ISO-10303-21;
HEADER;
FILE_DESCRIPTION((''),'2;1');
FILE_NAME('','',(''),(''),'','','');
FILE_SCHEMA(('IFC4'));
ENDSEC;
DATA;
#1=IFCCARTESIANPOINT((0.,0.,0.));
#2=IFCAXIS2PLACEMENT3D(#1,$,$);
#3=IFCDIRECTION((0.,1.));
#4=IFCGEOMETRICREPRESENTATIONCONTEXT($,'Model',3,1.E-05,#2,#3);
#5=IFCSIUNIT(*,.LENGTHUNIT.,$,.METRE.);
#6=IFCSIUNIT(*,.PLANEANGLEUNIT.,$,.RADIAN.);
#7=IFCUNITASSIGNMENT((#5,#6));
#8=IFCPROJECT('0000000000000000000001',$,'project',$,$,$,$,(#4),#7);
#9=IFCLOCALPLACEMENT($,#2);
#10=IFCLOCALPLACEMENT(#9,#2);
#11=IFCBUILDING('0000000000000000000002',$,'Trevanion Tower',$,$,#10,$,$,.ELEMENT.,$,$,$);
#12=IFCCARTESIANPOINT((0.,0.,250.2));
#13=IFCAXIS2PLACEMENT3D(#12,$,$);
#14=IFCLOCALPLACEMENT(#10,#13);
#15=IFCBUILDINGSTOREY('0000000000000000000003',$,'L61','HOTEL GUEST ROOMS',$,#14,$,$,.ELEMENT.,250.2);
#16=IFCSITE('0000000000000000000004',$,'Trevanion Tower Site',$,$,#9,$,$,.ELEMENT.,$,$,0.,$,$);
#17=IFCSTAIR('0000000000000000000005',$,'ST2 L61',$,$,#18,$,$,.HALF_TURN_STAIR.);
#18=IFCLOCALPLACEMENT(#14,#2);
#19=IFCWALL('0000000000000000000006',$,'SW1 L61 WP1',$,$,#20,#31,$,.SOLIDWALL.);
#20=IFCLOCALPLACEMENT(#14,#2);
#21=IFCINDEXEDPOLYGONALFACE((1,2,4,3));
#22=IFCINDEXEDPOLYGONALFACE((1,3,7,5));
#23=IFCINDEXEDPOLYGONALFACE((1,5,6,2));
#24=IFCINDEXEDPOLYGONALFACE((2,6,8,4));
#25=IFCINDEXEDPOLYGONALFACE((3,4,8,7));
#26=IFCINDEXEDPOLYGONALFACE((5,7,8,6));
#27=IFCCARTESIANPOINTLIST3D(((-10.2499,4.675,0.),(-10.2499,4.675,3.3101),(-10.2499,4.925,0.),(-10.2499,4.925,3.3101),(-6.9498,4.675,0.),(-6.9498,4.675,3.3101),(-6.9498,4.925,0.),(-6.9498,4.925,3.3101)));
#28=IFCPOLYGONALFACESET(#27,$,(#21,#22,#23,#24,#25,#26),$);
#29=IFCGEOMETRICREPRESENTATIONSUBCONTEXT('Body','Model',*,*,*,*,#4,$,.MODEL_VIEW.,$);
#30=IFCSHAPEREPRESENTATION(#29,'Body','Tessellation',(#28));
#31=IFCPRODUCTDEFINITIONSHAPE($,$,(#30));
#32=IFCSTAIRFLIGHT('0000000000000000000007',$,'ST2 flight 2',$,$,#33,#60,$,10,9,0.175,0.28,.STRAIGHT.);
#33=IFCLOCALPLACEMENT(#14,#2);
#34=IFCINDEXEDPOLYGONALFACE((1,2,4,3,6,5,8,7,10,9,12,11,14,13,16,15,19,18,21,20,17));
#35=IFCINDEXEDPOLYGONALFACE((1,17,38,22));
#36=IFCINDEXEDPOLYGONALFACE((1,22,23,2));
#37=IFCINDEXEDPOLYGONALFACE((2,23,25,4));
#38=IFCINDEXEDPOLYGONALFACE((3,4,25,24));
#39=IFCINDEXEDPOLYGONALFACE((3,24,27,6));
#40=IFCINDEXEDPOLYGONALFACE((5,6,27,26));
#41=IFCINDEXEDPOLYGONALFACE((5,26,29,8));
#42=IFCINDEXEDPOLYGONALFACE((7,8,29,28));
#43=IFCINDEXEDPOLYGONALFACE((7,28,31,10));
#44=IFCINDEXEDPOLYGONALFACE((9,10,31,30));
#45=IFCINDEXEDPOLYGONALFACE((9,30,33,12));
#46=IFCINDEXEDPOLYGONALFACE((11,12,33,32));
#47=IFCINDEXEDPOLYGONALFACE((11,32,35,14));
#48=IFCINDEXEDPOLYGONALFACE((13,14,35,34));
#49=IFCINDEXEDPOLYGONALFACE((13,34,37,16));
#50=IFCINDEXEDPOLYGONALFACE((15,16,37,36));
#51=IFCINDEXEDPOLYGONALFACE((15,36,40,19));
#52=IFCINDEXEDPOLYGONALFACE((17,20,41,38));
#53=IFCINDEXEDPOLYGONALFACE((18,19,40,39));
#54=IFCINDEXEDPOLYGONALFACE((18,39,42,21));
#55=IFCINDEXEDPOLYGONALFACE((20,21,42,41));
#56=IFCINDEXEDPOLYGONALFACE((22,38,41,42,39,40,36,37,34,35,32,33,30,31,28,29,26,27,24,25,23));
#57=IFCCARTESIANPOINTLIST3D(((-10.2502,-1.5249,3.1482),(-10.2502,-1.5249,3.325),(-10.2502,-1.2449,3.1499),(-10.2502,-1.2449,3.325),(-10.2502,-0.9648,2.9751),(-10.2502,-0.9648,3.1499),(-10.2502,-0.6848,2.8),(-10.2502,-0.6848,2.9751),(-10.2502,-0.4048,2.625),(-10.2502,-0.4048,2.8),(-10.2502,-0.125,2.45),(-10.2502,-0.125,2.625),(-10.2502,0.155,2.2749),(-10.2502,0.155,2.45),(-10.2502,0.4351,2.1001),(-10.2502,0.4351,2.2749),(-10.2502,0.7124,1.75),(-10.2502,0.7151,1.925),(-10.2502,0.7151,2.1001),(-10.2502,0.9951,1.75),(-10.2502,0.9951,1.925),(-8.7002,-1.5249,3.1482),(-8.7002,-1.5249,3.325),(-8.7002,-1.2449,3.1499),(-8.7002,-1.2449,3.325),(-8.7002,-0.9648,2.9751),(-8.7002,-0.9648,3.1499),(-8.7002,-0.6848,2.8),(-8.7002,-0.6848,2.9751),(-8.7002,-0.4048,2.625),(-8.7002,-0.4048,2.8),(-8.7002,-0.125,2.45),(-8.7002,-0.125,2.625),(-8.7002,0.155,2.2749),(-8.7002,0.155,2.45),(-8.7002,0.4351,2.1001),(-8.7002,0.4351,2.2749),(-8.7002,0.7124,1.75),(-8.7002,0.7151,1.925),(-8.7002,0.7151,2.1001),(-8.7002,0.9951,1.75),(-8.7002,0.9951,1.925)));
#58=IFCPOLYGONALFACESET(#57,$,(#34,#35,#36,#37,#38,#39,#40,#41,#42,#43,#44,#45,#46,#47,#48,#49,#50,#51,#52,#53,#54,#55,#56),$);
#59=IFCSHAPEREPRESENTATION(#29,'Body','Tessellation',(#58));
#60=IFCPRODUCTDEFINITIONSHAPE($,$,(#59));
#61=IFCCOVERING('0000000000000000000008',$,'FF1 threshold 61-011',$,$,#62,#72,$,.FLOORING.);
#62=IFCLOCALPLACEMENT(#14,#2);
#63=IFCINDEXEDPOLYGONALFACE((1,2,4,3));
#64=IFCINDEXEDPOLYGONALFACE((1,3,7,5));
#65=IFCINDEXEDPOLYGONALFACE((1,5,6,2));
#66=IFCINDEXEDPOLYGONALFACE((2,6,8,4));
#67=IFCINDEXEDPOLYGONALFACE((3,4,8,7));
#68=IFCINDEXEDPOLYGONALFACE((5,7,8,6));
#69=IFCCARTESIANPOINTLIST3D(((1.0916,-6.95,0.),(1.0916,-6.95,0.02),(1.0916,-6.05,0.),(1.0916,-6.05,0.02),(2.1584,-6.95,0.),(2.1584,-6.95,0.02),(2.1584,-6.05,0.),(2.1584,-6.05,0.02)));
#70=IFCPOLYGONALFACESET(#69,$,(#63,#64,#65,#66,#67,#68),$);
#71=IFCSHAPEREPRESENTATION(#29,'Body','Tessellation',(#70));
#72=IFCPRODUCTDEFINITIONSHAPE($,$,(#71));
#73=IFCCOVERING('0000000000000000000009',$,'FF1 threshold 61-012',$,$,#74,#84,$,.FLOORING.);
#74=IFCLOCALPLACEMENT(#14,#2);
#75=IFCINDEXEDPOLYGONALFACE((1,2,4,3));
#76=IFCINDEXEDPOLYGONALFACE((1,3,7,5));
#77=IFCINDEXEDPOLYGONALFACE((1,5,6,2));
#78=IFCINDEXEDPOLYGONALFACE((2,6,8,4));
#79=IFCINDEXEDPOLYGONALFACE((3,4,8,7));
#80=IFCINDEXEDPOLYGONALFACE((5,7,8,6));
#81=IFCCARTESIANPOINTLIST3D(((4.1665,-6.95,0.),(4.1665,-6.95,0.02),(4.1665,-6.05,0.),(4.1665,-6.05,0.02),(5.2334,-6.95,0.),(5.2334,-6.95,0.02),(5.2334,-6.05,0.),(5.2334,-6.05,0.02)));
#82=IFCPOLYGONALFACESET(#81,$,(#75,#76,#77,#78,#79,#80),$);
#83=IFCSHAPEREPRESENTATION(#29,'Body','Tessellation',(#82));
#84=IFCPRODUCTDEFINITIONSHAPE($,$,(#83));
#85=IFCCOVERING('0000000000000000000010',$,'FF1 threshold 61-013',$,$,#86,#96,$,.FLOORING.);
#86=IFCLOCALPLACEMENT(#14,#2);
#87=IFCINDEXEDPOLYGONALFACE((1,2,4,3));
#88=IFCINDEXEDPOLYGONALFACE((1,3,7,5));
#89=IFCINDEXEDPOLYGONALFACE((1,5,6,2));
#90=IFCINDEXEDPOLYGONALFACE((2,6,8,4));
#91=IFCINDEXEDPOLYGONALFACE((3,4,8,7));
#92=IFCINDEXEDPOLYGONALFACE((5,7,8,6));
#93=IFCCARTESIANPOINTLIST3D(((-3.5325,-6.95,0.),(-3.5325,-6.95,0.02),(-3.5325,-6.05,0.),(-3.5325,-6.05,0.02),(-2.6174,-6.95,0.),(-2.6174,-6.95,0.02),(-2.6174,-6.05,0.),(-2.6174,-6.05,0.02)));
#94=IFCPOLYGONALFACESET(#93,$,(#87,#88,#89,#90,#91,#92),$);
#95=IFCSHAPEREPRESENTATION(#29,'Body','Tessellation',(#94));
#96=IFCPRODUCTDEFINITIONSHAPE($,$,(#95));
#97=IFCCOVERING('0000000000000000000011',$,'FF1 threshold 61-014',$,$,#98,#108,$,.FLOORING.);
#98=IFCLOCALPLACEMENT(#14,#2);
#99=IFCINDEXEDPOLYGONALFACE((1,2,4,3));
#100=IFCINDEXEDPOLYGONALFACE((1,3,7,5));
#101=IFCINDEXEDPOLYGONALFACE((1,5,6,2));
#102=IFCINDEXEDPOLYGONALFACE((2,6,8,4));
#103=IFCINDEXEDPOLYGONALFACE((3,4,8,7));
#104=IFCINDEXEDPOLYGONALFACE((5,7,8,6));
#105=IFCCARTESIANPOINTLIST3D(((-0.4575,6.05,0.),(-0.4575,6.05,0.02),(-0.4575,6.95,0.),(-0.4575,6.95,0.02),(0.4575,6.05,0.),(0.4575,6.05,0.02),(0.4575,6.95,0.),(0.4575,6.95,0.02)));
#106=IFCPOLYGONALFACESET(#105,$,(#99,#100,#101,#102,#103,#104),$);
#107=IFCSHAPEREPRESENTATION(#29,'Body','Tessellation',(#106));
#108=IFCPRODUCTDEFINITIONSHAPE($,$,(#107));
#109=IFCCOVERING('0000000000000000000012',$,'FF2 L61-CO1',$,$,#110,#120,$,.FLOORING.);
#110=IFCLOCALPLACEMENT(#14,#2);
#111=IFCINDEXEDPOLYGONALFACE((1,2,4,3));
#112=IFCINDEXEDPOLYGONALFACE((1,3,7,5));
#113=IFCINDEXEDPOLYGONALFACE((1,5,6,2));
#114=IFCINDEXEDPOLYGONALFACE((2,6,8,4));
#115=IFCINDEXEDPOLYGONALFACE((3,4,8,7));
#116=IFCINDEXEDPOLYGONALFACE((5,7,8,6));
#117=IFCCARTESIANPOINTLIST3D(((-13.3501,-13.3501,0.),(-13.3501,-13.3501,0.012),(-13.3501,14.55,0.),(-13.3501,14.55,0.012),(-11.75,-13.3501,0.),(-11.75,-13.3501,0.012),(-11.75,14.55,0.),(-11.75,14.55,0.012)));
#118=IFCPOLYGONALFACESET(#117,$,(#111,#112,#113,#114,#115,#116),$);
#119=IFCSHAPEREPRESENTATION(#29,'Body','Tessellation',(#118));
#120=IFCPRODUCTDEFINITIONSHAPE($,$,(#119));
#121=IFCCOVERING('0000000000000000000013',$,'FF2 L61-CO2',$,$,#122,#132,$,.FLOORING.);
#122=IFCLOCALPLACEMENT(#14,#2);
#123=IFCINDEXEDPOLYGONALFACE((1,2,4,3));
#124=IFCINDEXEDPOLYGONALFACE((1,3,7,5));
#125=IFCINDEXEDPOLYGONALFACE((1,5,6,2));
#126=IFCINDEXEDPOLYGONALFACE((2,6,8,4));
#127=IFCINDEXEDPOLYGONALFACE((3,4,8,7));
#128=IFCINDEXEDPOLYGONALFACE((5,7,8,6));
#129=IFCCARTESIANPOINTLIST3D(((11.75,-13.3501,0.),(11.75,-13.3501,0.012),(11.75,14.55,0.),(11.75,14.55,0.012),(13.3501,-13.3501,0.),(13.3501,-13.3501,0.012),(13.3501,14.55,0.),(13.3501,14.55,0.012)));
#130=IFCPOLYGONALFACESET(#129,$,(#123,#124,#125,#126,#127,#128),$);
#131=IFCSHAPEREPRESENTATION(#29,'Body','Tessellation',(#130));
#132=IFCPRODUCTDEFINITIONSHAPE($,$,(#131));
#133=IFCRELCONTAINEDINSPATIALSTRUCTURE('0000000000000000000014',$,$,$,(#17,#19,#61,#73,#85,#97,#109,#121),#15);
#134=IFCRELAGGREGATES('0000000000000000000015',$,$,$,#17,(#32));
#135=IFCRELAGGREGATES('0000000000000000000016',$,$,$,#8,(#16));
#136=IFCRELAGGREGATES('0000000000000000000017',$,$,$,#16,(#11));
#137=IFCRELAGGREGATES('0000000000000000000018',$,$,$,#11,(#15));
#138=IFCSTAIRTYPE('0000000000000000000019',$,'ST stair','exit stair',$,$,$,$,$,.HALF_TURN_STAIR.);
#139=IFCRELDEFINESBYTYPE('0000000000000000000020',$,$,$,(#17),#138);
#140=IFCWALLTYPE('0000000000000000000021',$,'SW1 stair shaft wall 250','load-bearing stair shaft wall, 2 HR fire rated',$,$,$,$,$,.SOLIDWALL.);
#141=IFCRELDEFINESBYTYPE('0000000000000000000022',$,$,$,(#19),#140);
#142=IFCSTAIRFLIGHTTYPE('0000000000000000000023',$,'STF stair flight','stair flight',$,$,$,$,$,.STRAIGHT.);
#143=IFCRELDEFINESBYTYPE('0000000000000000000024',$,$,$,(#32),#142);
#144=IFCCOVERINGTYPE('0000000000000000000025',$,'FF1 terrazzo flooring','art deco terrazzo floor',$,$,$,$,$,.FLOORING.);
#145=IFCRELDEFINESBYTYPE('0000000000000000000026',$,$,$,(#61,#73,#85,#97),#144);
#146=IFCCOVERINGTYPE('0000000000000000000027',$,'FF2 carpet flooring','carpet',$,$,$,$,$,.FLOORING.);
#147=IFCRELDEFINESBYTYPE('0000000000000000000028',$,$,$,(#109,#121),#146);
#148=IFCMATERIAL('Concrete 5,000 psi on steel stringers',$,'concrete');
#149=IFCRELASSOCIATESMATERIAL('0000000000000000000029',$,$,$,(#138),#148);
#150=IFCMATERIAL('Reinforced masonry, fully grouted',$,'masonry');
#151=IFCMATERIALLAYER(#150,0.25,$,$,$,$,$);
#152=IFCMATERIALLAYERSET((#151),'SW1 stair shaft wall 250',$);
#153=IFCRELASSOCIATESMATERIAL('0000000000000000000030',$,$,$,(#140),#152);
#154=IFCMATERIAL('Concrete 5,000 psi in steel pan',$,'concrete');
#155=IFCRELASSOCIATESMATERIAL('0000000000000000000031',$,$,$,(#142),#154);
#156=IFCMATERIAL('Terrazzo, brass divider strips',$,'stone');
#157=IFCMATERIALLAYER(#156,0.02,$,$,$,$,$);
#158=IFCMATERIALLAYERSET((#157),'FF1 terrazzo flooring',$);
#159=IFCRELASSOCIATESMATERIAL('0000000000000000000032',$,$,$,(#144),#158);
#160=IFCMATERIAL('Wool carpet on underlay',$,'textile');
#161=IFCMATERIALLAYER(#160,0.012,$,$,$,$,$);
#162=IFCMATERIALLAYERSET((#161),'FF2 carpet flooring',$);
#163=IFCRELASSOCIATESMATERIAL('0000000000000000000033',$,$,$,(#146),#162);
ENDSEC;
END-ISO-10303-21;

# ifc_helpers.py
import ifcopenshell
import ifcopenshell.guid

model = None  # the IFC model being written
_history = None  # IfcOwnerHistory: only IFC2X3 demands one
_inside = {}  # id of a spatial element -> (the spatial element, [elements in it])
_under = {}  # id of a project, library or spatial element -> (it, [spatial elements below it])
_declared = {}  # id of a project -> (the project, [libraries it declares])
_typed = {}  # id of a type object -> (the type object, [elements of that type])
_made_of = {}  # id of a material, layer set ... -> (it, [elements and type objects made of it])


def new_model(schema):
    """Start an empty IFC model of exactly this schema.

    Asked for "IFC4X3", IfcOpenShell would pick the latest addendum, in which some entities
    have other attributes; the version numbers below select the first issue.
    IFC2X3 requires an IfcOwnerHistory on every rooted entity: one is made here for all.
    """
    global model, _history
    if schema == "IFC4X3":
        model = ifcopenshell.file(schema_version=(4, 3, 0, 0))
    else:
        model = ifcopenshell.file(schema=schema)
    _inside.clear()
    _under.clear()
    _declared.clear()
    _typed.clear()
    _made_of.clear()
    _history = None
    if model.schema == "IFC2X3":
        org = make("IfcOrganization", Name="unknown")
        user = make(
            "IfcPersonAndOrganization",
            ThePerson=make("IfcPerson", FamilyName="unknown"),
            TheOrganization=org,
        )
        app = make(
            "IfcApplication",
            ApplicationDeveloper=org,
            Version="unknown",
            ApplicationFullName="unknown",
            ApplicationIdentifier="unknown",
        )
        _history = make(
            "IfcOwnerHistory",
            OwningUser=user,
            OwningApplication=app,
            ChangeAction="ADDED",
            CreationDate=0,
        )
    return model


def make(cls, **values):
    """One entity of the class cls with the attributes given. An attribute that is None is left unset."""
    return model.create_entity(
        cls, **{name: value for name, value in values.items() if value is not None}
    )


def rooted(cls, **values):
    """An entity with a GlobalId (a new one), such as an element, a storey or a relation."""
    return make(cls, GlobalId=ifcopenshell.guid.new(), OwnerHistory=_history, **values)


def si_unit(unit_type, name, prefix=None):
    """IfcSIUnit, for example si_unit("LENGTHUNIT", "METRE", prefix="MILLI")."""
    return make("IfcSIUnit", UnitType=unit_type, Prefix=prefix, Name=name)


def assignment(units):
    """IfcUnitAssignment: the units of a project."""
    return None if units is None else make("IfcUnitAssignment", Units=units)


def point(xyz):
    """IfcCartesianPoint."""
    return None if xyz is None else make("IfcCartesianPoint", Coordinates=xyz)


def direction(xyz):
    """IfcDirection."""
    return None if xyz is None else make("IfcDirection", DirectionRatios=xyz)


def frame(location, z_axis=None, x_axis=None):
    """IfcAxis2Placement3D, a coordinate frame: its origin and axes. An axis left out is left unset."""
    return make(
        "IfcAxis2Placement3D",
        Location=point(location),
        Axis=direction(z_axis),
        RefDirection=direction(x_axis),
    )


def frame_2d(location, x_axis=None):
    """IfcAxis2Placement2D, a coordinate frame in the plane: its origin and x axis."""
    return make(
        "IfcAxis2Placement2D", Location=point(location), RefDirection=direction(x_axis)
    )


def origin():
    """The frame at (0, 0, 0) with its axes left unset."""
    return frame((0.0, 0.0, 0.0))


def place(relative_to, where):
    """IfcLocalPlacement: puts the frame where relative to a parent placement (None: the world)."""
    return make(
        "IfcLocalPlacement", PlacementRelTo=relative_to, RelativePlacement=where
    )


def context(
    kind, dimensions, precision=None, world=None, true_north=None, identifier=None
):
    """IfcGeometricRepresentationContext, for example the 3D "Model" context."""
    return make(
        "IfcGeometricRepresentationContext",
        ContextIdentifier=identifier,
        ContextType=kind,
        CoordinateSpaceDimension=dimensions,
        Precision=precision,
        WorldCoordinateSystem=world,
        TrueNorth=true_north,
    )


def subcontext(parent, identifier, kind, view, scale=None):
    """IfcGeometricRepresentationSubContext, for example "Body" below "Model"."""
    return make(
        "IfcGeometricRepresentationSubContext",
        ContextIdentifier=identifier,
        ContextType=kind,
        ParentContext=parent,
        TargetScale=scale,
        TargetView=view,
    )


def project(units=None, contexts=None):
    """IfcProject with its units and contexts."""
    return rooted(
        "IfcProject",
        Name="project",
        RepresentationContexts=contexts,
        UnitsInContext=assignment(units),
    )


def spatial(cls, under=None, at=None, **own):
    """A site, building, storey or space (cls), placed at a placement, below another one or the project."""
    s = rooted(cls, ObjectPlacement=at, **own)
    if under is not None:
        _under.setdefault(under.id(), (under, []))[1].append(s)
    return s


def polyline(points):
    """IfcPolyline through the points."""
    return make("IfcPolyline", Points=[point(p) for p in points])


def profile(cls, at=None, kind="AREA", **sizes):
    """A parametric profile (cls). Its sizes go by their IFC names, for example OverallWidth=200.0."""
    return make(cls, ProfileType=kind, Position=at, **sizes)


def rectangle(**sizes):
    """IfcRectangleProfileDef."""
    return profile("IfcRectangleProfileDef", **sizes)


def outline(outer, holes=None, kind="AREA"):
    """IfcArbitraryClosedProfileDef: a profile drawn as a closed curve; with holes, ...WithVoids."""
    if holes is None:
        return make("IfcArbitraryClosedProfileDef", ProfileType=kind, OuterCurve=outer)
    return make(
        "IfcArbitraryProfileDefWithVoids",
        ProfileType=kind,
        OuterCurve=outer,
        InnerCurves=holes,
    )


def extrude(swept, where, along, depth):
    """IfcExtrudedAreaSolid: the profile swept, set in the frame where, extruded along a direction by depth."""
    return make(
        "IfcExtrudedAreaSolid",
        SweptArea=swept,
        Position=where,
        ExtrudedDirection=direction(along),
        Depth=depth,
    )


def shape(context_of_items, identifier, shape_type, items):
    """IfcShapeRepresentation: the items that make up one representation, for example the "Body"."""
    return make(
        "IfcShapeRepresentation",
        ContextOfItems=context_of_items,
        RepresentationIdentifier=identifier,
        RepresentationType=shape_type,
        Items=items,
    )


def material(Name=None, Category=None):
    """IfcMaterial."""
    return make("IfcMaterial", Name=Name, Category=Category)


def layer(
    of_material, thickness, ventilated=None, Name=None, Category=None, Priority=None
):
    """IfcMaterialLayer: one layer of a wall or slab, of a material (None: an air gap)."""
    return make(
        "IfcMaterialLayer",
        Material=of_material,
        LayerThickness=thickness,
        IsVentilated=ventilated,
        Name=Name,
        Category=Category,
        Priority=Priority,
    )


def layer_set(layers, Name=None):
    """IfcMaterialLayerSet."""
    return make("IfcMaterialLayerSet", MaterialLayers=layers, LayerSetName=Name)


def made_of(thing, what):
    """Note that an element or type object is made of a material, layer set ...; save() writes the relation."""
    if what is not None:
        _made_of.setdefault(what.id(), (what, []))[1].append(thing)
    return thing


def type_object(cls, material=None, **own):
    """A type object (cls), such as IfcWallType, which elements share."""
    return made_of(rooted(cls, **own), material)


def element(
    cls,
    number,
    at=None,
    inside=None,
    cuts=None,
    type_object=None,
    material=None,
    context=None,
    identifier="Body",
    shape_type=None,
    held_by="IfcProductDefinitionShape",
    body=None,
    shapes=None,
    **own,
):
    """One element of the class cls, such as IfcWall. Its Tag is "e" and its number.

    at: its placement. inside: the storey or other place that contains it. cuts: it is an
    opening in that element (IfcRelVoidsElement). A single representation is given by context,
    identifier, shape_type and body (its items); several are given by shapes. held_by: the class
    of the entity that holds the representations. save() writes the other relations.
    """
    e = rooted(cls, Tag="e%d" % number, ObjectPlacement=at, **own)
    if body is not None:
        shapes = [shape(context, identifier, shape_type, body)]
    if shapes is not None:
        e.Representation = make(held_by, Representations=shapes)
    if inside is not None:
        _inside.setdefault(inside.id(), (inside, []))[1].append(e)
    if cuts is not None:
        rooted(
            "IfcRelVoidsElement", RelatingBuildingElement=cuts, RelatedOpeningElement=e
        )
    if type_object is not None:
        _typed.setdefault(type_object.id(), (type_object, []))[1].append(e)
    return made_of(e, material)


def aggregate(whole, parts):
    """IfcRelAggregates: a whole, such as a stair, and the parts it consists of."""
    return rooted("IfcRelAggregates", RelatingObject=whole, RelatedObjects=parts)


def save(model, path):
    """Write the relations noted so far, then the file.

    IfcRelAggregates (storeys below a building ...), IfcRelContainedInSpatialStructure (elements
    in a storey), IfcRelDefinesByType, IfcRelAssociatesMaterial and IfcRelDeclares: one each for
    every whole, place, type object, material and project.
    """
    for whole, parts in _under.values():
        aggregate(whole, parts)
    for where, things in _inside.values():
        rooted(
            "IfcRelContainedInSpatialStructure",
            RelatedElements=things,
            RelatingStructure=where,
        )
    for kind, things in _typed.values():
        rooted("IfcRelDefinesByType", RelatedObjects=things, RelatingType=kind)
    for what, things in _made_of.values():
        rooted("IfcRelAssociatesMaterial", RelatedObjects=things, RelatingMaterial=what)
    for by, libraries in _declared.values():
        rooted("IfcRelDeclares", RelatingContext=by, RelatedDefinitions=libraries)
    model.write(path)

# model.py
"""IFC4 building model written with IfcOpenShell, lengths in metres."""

from ifc_helpers import new_model, si_unit, direction, frame, frame_2d, origin, place, context, subcontext, project, spatial, polyline, rectangle, outline, extrude, material, layer, layer_set, type_object, element, aggregate, save


model = new_model("IFC4")

# Units and contexts
model_context = context("Model", 3, precision=1e-05, world=origin(), true_north=direction((0.0, 1.0)))
body_context = subcontext(model_context, "Body", "Model", "MODEL_VIEW")
ifc_project = project(units=[si_unit("LENGTHUNIT", "METRE"), si_unit("PLANEANGLEUNIT", "RADIAN")], contexts=[model_context])

# Site, building, storey
site_placement = place(None, origin())
site = spatial("IfcSite", under=ifc_project, at=site_placement, Name="Trevanion Tower Site", CompositionType="ELEMENT", RefElevation=0.0)
building_placement = place(site_placement, origin())
building = spatial("IfcBuilding", under=site, at=building_placement, Name="Trevanion Tower", CompositionType="ELEMENT")
storey_placement = place(building_placement, frame((0.0, 0.0, 250.2)))
storey = spatial("IfcBuildingStorey", under=building, at=storey_placement, Name="L61", Description="HOTEL GUEST ROOMS", CompositionType="ELEMENT", Elevation=250.2)

# Stair
ifc_material_1 = material(Name="Concrete 5,000 psi on steel stringers", Category="concrete")
stair_type = type_object("IfcStairType", Name="ST stair", Description="exit stair", PredefinedType="HALF_TURN_STAIR", material=ifc_material_1)
stair_1_placement = place(storey_placement, origin())
stair_1 = element("IfcStair", 1, at=stair_1_placement, inside=storey, type_object=stair_type, Name="ST2 L61", PredefinedType="HALF_TURN_STAIR")

# Wall
ifc_material_2 = material(Name="Reinforced masonry, fully grouted", Category="masonry")
ifc_layer_1 = layer(ifc_material_2, 0.25)
ifc_layer_set_1 = layer_set([ifc_layer_1], Name="SW1 stair shaft wall 250")
wall_type_1 = type_object("IfcWallType", Name="SW1 stair shaft wall 250", Description="load-bearing stair shaft wall, 2 HR fire rated", PredefinedType="SOLIDWALL", material=ifc_layer_set_1)
wall_1_placement = place(storey_placement, frame((-6.95, 4.8, 0.0), z_axis=(0.0, 0.0, 1.0), x_axis=(-1.0, 0.0, 0.0)))
element("IfcWall", 2, at=wall_1_placement, inside=storey, type_object=wall_type_1, Name="SW1 L61 WP1", PredefinedType="SOLIDWALL", context=body_context, shape_type="SweptSolid", body=[
    extrude(rectangle(XDim=3.3, YDim=0.25, at=frame_2d((1.6499, 0.0))), origin(), (0.0, 0.0, 1.0), 3.3101),
])

# Stair flight
ifc_material_3 = material(Name="Concrete 5,000 psi in steel pan", Category="concrete")
stair_flight_type = type_object("IfcStairFlightType", Name="STF stair flight", Description="stair flight", PredefinedType="STRAIGHT", material=ifc_material_3)
stair_flight_placement = place(storey_placement, frame((-9.4751, 0.9951, 1.75), z_axis=(0.0, 0.0, 1.0), x_axis=(0.0, -1.0, 0.0)))
stair_flight = element("IfcStairFlight", 3, at=stair_flight_placement, type_object=stair_flight_type, Name="ST2 flight 2", NumberOfRisers=10, NumberOfTreads=9, PredefinedType="STRAIGHT", RiserHeight=0.175, TreadLength=0.28, context=body_context, shape_type="SweptSolid", body=[
    extrude(outline(polyline([(0.0, 0.0), (0.0, 0.175), (0.28, 0.175), (0.28, 0.3501), (0.5601, 0.3501), (0.5601, 0.5249), (0.8401, 0.5249), (0.8401, 0.7), (1.1201, 0.7), (1.1201, 0.875), (1.3999, 0.875), (1.3999, 1.05), (1.6799, 1.05), (1.6799, 1.2251), (1.96, 1.2251), (1.96, 1.3999), (2.24, 1.3999), (2.24, 1.575), (2.52, 1.575), (2.52, 1.75), (2.52, 1.3982), (0.2827, 0.0), (0.0, 0.0)])), frame((0.0, 0.7749, 0.0), z_axis=(0.0, -1.0, 0.0), x_axis=(1.0, 0.0, 0.0)), (0.0, 0.0, 1.0), 1.55),
])
aggregate(stair_1, [stair_flight])

# Coverings
ifc_material_4 = material(Name="Terrazzo, brass divider strips", Category="stone")
ifc_layer_2 = layer(ifc_material_4, 0.02)
ifc_layer_set_2 = layer_set([ifc_layer_2], Name="FF1 terrazzo flooring")
covering_type_1 = type_object("IfcCoveringType", Name="FF1 terrazzo flooring", Description="art deco terrazzo floor", PredefinedType="FLOORING", material=ifc_layer_set_2)
covering_1_placement = place(storey_placement, origin())
element("IfcCovering", 4, at=covering_1_placement, inside=storey, type_object=covering_type_1, Name="FF1 threshold 61-011", PredefinedType="FLOORING", context=body_context, shape_type="SweptSolid", body=[
    extrude(outline(polyline([(1.0916, -6.95), (2.1584, -6.95), (2.1584, -6.05), (1.0916, -6.05), (1.0916, -6.95)])), origin(), (0.0, 0.0, 1.0), 0.02),
])
covering_2_placement = place(storey_placement, origin())
element("IfcCovering", 5, at=covering_2_placement, inside=storey, type_object=covering_type_1, Name="FF1 threshold 61-012", PredefinedType="FLOORING", context=body_context, shape_type="SweptSolid", body=[
    extrude(outline(polyline([(4.1665, -6.95), (5.2334, -6.95), (5.2334, -6.05), (4.1665, -6.05), (4.1665, -6.95)])), origin(), (0.0, 0.0, 1.0), 0.02),
])
covering_3_placement = place(storey_placement, origin())
element("IfcCovering", 6, at=covering_3_placement, inside=storey, type_object=covering_type_1, Name="FF1 threshold 61-013", PredefinedType="FLOORING", context=body_context, shape_type="SweptSolid", body=[
    extrude(outline(polyline([(-3.5325, -6.95), (-2.6174, -6.95), (-2.6174, -6.05), (-3.5325, -6.05), (-3.5325, -6.95)])), origin(), (0.0, 0.0, 1.0), 0.02),
])
covering_4_placement = place(storey_placement, origin())
element("IfcCovering", 7, at=covering_4_placement, inside=storey, type_object=covering_type_1, Name="FF1 threshold 61-014", PredefinedType="FLOORING", context=body_context, shape_type="SweptSolid", body=[
    extrude(outline(polyline([(0.4575, 6.95), (-0.4575, 6.95), (-0.4575, 6.05), (0.4575, 6.05), (0.4575, 6.95)])), origin(), (0.0, 0.0, 1.0), 0.02),
])
ifc_material_5 = material(Name="Wool carpet on underlay", Category="textile")
ifc_layer_3 = layer(ifc_material_5, 0.012)
ifc_layer_set_3 = layer_set([ifc_layer_3], Name="FF2 carpet flooring")
covering_type_2 = type_object("IfcCoveringType", Name="FF2 carpet flooring", Description="carpet", PredefinedType="FLOORING", material=ifc_layer_set_3)
covering_5_placement = place(storey_placement, origin())
element("IfcCovering", 8, at=covering_5_placement, inside=storey, type_object=covering_type_2, Name="FF2 L61-CO1", PredefinedType="FLOORING", context=body_context, shape_type="SweptSolid", body=[
    extrude(outline(polyline([(-11.75, 14.55), (-11.75, -13.3501), (-13.3501, -13.3501), (-13.3501, 14.55), (-11.75, 14.55)])), origin(), (0.0, 0.0, 1.0), 0.012),
])
covering_6_placement = place(storey_placement, origin())
element("IfcCovering", 9, at=covering_6_placement, inside=storey, type_object=covering_type_2, Name="FF2 L61-CO2", PredefinedType="FLOORING", context=body_context, shape_type="SweptSolid", body=[
    extrude(outline(polyline([(11.75, -13.3501), (11.75, 14.55), (13.3501, 14.55), (13.3501, -13.3501), (11.75, -13.3501)])), origin(), (0.0, 0.0, 1.0), 0.012),
])

save(model, "model.ifc")
